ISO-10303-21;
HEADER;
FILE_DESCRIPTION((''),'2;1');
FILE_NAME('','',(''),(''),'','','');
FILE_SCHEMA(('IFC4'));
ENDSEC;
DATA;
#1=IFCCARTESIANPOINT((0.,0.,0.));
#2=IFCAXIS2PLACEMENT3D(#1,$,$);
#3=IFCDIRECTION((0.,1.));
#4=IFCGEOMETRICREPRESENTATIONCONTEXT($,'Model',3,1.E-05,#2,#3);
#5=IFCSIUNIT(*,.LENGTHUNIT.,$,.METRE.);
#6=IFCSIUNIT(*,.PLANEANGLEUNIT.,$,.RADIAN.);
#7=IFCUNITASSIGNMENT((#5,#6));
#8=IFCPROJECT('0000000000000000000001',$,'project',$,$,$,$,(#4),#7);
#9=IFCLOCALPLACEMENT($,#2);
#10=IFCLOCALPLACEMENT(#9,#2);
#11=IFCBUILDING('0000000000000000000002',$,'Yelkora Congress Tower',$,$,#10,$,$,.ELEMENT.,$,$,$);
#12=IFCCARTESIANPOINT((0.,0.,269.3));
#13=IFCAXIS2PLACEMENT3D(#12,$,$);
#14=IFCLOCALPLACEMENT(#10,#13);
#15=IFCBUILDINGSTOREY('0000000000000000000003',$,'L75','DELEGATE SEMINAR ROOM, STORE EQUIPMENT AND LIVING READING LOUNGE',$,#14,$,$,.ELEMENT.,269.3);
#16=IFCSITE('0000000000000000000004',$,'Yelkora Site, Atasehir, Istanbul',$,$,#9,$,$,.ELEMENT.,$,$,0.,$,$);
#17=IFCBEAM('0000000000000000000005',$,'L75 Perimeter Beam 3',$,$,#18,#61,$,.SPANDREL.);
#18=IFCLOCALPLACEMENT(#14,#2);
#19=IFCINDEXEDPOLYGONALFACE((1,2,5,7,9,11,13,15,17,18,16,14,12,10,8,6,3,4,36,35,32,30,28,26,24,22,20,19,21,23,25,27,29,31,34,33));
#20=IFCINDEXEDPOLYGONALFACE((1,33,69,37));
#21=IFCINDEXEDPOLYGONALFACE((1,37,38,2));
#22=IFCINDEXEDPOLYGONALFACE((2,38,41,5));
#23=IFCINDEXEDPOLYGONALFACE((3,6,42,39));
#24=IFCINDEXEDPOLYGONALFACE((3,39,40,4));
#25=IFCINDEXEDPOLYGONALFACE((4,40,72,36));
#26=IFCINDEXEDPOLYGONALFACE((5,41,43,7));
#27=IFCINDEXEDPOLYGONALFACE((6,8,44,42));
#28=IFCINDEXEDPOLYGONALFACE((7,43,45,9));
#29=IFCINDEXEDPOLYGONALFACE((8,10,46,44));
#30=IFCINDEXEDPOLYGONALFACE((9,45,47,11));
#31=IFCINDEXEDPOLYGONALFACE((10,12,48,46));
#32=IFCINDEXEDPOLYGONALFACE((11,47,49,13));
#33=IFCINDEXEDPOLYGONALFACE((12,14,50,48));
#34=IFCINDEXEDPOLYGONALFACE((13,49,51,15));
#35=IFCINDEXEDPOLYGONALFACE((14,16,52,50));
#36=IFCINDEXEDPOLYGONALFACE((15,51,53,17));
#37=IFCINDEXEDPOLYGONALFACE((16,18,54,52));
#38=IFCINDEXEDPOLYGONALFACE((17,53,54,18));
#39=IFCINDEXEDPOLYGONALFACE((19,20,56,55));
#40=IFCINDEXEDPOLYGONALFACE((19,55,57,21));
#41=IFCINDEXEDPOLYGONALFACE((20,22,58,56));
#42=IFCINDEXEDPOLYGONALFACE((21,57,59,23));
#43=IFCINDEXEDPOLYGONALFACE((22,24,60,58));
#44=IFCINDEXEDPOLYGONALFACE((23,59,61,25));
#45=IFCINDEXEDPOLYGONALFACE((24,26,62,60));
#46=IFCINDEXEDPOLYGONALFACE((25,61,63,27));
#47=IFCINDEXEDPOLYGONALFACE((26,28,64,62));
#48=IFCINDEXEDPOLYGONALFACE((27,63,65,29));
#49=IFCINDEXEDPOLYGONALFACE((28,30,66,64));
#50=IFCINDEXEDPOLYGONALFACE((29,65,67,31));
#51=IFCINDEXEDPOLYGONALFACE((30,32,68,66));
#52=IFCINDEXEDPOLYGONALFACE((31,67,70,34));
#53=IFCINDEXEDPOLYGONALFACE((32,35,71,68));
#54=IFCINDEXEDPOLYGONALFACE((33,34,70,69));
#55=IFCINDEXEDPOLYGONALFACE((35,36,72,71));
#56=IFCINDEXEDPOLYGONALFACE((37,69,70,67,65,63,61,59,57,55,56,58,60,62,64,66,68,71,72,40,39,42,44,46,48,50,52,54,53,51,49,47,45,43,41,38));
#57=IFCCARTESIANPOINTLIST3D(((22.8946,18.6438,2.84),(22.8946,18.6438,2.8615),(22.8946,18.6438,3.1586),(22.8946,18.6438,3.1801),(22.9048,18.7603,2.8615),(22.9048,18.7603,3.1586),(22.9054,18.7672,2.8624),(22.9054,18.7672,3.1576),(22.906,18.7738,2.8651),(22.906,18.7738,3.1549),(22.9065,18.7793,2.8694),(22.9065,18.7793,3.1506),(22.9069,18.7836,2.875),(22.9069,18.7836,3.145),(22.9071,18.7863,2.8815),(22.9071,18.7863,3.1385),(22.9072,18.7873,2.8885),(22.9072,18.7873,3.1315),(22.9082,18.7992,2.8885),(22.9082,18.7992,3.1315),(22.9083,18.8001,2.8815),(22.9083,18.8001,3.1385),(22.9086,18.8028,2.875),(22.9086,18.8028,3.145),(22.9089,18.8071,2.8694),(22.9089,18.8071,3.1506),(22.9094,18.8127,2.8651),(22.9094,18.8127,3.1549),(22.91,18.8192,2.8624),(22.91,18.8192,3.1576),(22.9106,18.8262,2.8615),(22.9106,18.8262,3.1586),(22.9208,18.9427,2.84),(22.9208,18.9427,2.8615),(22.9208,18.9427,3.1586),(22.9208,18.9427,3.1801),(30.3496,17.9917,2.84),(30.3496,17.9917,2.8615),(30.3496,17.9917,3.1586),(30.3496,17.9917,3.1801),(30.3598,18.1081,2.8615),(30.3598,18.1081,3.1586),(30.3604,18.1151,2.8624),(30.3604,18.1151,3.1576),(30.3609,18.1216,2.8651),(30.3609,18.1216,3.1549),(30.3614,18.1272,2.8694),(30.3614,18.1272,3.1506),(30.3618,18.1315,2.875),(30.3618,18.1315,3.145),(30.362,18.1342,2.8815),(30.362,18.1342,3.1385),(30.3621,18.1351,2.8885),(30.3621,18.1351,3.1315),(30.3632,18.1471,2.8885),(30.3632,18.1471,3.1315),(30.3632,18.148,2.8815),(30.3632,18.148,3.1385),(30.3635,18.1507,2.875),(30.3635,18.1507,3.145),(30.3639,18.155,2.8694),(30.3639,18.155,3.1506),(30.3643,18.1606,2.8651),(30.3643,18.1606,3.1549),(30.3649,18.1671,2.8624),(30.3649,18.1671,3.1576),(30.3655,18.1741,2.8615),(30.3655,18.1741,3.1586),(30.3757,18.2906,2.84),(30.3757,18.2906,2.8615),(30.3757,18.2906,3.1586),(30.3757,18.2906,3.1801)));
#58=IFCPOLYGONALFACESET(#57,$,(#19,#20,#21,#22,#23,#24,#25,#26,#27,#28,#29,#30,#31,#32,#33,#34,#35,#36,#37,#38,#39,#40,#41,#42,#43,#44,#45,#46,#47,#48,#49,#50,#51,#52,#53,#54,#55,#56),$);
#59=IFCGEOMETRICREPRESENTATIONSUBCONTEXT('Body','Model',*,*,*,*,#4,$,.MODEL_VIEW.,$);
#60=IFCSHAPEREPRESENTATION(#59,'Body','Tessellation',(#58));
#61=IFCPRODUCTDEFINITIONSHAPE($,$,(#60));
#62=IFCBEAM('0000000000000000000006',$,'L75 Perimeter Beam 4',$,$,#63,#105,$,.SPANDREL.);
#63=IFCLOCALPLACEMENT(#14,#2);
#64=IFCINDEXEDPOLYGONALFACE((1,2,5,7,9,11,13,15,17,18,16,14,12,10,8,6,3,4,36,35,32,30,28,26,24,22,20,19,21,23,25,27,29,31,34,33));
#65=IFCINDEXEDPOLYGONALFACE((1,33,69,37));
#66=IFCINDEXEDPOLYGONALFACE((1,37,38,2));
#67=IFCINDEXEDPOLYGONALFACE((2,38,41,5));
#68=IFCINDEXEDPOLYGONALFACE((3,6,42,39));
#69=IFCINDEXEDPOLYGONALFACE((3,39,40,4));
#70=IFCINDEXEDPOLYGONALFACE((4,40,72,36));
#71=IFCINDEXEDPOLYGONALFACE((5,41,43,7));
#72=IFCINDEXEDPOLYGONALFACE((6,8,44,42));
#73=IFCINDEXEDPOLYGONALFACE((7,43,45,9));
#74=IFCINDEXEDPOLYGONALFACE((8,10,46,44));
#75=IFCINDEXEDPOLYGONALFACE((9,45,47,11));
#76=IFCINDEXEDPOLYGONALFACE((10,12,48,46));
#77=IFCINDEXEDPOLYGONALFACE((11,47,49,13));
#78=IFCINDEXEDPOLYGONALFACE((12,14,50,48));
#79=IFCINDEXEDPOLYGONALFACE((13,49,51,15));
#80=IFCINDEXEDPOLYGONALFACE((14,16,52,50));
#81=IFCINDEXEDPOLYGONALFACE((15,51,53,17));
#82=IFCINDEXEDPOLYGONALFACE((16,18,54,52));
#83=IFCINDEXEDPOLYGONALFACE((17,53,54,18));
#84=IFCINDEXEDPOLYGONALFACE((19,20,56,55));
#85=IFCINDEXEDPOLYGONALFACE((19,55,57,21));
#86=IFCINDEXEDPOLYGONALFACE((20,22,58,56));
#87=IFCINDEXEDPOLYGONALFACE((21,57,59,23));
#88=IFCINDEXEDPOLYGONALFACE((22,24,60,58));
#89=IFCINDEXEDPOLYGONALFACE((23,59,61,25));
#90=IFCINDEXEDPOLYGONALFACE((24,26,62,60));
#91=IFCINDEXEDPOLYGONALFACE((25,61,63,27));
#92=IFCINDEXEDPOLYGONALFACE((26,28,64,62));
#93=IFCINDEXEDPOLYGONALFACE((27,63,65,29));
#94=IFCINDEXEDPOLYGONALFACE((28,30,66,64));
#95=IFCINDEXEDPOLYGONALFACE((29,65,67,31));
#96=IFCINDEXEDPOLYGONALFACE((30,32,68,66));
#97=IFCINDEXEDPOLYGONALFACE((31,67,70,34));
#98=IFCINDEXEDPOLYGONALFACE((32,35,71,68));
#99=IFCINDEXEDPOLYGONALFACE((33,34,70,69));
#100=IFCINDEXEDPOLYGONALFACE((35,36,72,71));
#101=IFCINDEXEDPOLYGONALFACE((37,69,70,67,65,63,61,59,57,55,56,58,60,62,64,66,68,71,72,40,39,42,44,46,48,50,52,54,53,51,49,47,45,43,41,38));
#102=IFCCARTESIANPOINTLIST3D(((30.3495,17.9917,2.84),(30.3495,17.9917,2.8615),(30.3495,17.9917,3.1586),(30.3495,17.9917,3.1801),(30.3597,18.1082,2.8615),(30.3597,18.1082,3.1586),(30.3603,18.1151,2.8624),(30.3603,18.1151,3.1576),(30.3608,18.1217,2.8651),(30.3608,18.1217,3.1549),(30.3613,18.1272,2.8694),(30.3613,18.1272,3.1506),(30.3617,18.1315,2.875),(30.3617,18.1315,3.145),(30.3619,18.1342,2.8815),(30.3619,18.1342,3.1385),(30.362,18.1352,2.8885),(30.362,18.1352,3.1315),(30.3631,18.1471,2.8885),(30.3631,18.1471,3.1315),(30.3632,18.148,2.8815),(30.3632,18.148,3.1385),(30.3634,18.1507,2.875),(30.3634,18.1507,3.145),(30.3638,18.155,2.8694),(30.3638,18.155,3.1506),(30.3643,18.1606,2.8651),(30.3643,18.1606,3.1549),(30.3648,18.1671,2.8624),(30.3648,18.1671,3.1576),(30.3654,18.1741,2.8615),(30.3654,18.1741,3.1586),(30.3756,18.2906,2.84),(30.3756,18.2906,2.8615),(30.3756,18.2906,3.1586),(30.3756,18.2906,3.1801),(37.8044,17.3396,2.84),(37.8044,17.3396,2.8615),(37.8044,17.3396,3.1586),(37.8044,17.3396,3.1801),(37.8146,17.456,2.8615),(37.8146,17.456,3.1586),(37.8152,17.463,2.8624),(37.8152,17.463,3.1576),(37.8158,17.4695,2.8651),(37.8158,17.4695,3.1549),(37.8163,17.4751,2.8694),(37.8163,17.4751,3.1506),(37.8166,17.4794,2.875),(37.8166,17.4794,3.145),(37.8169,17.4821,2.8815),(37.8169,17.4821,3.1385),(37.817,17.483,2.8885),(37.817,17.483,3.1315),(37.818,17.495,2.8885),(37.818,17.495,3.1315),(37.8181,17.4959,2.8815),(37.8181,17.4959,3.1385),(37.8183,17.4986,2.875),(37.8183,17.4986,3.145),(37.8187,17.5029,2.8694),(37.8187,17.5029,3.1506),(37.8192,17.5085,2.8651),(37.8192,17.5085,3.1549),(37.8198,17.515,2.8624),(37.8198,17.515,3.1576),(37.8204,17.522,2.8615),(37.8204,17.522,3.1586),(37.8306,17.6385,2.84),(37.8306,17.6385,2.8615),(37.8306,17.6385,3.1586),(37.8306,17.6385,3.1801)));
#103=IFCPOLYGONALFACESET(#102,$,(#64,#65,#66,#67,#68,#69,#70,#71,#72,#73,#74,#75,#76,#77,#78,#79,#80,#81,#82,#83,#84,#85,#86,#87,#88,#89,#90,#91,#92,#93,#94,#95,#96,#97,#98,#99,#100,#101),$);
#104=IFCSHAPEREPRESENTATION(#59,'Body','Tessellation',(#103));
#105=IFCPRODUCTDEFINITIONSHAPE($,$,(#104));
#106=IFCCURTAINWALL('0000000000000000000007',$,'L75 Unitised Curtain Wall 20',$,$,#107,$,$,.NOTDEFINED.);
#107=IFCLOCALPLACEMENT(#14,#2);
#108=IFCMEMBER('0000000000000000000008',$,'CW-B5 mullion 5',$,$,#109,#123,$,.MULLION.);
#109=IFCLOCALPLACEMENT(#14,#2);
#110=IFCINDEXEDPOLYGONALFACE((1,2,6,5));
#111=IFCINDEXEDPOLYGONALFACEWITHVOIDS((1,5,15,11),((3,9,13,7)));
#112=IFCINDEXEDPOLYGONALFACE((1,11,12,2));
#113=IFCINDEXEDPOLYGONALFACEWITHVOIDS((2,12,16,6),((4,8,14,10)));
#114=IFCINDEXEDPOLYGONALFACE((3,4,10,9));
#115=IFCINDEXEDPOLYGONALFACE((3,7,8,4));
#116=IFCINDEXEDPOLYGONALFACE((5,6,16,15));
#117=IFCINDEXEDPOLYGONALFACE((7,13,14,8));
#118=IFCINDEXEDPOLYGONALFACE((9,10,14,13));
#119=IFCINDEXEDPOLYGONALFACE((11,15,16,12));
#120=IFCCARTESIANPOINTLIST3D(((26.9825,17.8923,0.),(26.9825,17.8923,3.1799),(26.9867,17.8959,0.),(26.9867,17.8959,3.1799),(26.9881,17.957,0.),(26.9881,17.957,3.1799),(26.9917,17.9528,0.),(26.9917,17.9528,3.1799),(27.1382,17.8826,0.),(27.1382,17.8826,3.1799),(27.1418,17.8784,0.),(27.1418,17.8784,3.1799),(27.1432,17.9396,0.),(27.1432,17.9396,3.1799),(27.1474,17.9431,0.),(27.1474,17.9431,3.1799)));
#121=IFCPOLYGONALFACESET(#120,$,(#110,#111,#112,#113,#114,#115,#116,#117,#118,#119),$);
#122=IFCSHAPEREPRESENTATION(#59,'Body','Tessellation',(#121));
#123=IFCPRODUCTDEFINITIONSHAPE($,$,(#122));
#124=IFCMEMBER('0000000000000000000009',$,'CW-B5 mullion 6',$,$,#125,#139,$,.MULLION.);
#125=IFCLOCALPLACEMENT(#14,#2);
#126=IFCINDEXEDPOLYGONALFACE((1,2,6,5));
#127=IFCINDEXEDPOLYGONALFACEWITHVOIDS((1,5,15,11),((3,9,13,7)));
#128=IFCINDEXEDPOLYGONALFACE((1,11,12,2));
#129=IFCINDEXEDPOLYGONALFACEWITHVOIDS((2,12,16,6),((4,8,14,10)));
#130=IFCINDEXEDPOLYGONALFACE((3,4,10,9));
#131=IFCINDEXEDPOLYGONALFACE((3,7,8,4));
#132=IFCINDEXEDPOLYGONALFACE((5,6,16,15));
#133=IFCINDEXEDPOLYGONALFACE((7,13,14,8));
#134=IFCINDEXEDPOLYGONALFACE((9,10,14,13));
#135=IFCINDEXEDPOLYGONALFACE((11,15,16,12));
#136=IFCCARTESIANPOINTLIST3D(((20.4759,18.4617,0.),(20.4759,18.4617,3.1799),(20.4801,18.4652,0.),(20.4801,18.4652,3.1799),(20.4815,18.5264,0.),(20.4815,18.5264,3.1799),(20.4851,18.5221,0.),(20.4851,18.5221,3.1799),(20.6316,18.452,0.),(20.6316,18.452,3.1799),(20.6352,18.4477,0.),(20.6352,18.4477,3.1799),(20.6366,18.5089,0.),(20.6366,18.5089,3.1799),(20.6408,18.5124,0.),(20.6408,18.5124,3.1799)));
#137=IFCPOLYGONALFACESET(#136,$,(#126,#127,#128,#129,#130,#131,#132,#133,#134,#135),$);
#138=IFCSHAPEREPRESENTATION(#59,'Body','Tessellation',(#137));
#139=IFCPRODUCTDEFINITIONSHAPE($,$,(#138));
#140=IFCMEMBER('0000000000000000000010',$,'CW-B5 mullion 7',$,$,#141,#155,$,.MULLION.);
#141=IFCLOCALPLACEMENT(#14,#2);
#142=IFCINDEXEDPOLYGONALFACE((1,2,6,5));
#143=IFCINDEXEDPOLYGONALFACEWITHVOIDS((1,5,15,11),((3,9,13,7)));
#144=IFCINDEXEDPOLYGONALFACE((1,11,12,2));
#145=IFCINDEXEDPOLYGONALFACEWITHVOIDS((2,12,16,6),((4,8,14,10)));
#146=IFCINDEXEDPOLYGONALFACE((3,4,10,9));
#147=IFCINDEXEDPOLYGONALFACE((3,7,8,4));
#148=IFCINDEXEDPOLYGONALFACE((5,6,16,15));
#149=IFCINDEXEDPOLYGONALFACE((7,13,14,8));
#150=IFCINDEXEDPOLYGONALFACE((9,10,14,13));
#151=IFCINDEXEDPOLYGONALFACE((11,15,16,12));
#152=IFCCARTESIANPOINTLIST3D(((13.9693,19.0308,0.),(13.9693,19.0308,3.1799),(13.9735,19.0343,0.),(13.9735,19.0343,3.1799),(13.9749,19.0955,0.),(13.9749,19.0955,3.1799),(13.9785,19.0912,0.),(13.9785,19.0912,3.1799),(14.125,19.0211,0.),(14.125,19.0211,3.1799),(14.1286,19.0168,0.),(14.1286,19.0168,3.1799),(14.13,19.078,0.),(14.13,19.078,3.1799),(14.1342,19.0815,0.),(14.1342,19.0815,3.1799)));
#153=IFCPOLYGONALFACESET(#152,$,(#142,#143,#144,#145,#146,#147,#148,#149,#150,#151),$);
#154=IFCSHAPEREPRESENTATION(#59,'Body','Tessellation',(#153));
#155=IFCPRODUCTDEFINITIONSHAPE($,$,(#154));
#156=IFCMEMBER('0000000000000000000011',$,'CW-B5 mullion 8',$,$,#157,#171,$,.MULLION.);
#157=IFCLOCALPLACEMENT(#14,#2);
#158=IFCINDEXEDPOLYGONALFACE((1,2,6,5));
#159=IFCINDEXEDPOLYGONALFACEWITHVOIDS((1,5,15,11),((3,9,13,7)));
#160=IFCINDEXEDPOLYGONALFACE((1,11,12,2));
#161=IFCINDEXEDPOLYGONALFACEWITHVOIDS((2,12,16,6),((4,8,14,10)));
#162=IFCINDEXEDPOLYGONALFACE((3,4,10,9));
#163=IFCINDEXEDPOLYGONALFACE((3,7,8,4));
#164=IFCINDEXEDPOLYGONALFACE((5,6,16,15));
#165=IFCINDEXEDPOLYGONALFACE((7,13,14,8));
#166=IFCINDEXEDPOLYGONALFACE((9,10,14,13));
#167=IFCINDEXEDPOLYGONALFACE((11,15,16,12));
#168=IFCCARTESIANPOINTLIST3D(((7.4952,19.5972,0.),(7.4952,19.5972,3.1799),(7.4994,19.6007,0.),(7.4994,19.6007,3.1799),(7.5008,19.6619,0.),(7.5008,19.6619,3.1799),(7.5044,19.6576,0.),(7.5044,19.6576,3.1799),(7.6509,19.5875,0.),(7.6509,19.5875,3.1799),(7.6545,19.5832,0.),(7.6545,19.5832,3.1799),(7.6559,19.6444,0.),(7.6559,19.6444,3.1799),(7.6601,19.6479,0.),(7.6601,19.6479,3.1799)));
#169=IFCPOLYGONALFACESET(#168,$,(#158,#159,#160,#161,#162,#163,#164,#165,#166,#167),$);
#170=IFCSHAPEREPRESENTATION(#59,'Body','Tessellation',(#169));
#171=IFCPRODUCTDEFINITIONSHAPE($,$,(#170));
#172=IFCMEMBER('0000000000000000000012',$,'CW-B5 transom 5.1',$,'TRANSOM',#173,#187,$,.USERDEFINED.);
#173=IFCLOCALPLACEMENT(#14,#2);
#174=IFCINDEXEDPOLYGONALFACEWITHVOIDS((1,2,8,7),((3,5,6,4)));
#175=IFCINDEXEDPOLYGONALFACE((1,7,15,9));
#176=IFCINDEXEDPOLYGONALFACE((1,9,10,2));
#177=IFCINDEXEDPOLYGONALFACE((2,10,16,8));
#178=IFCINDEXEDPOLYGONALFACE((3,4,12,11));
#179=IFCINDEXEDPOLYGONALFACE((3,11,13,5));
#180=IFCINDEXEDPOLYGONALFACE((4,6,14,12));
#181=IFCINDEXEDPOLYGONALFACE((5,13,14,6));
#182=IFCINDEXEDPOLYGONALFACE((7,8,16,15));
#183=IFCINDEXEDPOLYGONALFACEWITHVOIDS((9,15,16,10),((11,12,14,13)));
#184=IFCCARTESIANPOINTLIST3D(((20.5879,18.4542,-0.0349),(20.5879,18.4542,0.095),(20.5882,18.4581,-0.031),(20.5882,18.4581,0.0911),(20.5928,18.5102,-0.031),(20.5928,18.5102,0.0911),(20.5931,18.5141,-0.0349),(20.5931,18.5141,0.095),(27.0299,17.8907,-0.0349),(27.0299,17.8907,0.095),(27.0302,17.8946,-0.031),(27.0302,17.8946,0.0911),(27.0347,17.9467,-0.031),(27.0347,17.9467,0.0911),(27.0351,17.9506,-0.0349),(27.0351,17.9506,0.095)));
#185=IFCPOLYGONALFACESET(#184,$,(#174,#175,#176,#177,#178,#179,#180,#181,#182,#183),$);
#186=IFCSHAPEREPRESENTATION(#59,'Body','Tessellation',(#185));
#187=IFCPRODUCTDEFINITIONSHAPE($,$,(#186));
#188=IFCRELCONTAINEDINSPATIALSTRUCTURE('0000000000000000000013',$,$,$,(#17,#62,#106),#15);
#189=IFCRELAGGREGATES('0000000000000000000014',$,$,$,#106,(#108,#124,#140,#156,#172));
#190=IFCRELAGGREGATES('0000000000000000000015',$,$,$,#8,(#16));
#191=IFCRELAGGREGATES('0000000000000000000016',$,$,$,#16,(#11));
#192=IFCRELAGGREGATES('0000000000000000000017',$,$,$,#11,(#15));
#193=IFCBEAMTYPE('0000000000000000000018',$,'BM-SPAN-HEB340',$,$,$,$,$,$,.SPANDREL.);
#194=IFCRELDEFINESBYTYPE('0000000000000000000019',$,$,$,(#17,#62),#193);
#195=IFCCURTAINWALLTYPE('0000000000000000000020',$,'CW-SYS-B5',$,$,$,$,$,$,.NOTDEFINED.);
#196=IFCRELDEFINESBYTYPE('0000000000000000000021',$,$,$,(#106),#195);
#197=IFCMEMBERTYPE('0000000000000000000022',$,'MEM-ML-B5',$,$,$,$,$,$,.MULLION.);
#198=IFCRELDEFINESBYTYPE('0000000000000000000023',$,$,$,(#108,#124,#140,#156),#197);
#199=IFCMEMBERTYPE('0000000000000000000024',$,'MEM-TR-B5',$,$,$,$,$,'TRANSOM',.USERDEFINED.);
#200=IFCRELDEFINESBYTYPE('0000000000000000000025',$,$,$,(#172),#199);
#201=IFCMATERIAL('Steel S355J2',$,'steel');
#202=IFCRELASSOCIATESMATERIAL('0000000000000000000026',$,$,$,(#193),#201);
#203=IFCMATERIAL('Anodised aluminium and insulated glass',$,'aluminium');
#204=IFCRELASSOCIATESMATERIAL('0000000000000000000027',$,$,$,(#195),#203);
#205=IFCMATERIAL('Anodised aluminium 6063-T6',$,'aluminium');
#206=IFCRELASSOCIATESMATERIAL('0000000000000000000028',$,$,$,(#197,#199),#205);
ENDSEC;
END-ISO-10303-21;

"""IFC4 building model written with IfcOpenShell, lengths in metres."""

from ifc_helpers import new_model, si_unit, direction, frame, origin, origin_2d, place, context, subcontext, project, spatial, hollow_rectangle, i_section, extrude, material, material_profile, profile_set, type_object, element, aggregate, save


model = new_model("IFC4")

# Units and contexts
model_context = context("Model", 3, precision=1e-05, world=origin(), true_north=direction((0.0, 1.0)))
body_context = subcontext(model_context, "Body", "Model", "MODEL_VIEW")
ifc_project = project(units=[si_unit("LENGTHUNIT", "METRE"), si_unit("PLANEANGLEUNIT", "RADIAN")], contexts=[model_context])

# Site, building, storey
site_placement = place(None, origin())
site = spatial("IfcSite", under=ifc_project, at=site_placement, Name="Yelkora Site, Atasehir, Istanbul", CompositionType="ELEMENT", RefElevation=0.0)
building_placement = place(site_placement, origin())
building = spatial("IfcBuilding", under=site, at=building_placement, Name="Yelkora Congress Tower", CompositionType="ELEMENT")
storey_placement = place(building_placement, frame((0.0, 0.0, 269.3)))
storey = spatial("IfcBuildingStorey", under=building, at=storey_placement, Name="L75", Description="DELEGATE SEMINAR ROOM, STORE EQUIPMENT AND LIVING READING LOUNGE", CompositionType="ELEMENT", Elevation=269.3)

# Shared definitions
ifc_material_1 = material(Name="Steel S355J2", Category="steel")

# Beams
ifc_material_profile_1 = material_profile(ifc_material_1, i_section(OverallWidth=0.3, OverallDepth=0.3401, WebThickness=0.012, FlangeThickness=0.0215, FilletRadius=0.0271, at=origin_2d()), Name="HEB 340")
ifc_profile_set_1 = profile_set([ifc_material_profile_1], Name="Steel S355J2")
beam_type_1 = type_object("IfcBeamType", Name="BM-SPAN-HEB340", PredefinedType="SPANDREL", material=ifc_profile_set_1)
for number, where, z_axis, x_axis, name in (
    (1, (22.9077, 18.7932, 3.01), (0.996196, -0.087141, 0.0), (0.087141, 0.996196, 0.0), "L75 Perimeter Beam 3"),
    (2, (30.3625, 18.1411, 3.01), (0.996196, -0.087141, 0.0), (0.087141, 0.996196, 0.0), "L75 Perimeter Beam 4"),
):
    element("IfcBeam", number, at=place(storey_placement, frame(where, z_axis=z_axis, x_axis=x_axis)), inside=storey, type_object=beam_type_1, Name=name, PredefinedType="SPANDREL", context=body_context, shape_type="SweptSolid", body=[
        extrude(i_section(OverallWidth=0.3, OverallDepth=0.3401, WebThickness=0.012, FlangeThickness=0.0215, FilletRadius=0.0271, at=origin_2d()), origin(), (0.0, 0.0, 1.0), 7.4834),
    ])

# Curtain wall, members
ifc_material_2 = material(Name="Anodised aluminium and insulated glass", Category="aluminium")
curtain_wall_type = type_object("IfcCurtainWallType", Name="CW-SYS-B5", PredefinedType="NOTDEFINED", material=ifc_material_2)
curtain_wall_placement = place(storey_placement, origin())
curtain_wall = element("IfcCurtainWall", 3, at=curtain_wall_placement, inside=storey, type_object=curtain_wall_type, Name="L75 Unitised Curtain Wall 20", PredefinedType="NOTDEFINED")
ifc_material_3 = material(Name="Anodised aluminium 6063-T6", Category="aluminium")
ifc_material_profile_2 = material_profile(ifc_material_3, hollow_rectangle(XDim=0.0649, YDim=0.1599, WallThickness=0.0039, at=origin_2d()), Name="ALU 65x160x4")
ifc_profile_set_2 = profile_set([ifc_material_profile_2], Name="Anodised aluminium 6063-T6")
member_type_1 = type_object("IfcMemberType", Name="MEM-ML-B5", PredefinedType="MULLION", material=ifc_profile_set_2)
member_1_placement = place(storey_placement, frame((27.0649, 17.9177, 0.0), z_axis=(0.0, 0.0, 1.0), x_axis=(-0.087157, -0.996195, 0.0)))
member_1 = element("IfcMember", 4, at=member_1_placement, type_object=member_type_1, Name="CW-B5 mullion 5", PredefinedType="MULLION", context=body_context, shape_type="SweptSolid", body=[
    extrude(hollow_rectangle(XDim=0.0649, YDim=0.1599, WallThickness=0.0039, at=origin_2d()), origin(), (0.0, 0.0, 1.0), 3.1799),
])
member_2_placement = place(storey_placement, frame((20.5583, 18.4871, 0.0), z_axis=(0.0, 0.0, 1.0), x_axis=(-0.087157, -0.996195, 0.0)))
member_2 = element("IfcMember", 5, at=member_2_placement, type_object=member_type_1, Name="CW-B5 mullion 6", PredefinedType="MULLION", context=body_context, shape_type="SweptSolid", body=[
    extrude(hollow_rectangle(XDim=0.0649, YDim=0.1599, WallThickness=0.0039, at=origin_2d()), origin(), (0.0, 0.0, 1.0), 3.1799),
])
member_3_placement = place(storey_placement, frame((14.0518, 19.0562, 0.0), z_axis=(0.0, 0.0, 1.0), x_axis=(-0.087157, -0.996195, 0.0)))
member_3 = element("IfcMember", 6, at=member_3_placement, type_object=member_type_1, Name="CW-B5 mullion 7", PredefinedType="MULLION", context=body_context, shape_type="SweptSolid", body=[
    extrude(hollow_rectangle(XDim=0.0649, YDim=0.1599, WallThickness=0.0039, at=origin_2d()), origin(), (0.0, 0.0, 1.0), 3.1799),
])
member_4_placement = place(storey_placement, frame((7.5776, 19.6226, 0.0), z_axis=(0.0, 0.0, 1.0), x_axis=(-0.087157, -0.996195, 0.0)))
member_4 = element("IfcMember", 7, at=member_4_placement, type_object=member_type_1, Name="CW-B5 mullion 8", PredefinedType="MULLION", context=body_context, shape_type="SweptSolid", body=[
    extrude(hollow_rectangle(XDim=0.0649, YDim=0.1599, WallThickness=0.0039, at=origin_2d()), origin(), (0.0, 0.0, 1.0), 3.1799),
])
ifc_material_profile_3 = material_profile(ifc_material_3, hollow_rectangle(XDim=0.0601, YDim=0.1299, WallThickness=0.0039, at=origin_2d()), Name="ALU 60x130x4")
ifc_profile_set_3 = profile_set([ifc_material_profile_3], Name="Anodised aluminium 6063-T6")
member_type_2 = type_object("IfcMemberType", Name="MEM-TR-B5", ElementType="TRANSOM", PredefinedType="USERDEFINED", material=ifc_profile_set_3)
member_5_placement = place(storey_placement, frame((27.0325, 17.9207, 0.03), z_axis=(-0.996196, 0.087138, 0.0), x_axis=(-0.087138, -0.996196, 0.0)))
member_5 = element("IfcMember", 8, at=member_5_placement, type_object=member_type_2, Name="CW-B5 transom 5.1", ObjectType="TRANSOM", PredefinedType="USERDEFINED", context=body_context, shape_type="SweptSolid", body=[
    extrude(hollow_rectangle(XDim=0.0601, YDim=0.1299, WallThickness=0.0039, at=origin_2d()), origin(), (0.0, 0.0, 1.0), 6.4666),
])
aggregate(curtain_wall, [member_1, member_2, member_3, member_4, member_5])

save(model, "model.ifc")
